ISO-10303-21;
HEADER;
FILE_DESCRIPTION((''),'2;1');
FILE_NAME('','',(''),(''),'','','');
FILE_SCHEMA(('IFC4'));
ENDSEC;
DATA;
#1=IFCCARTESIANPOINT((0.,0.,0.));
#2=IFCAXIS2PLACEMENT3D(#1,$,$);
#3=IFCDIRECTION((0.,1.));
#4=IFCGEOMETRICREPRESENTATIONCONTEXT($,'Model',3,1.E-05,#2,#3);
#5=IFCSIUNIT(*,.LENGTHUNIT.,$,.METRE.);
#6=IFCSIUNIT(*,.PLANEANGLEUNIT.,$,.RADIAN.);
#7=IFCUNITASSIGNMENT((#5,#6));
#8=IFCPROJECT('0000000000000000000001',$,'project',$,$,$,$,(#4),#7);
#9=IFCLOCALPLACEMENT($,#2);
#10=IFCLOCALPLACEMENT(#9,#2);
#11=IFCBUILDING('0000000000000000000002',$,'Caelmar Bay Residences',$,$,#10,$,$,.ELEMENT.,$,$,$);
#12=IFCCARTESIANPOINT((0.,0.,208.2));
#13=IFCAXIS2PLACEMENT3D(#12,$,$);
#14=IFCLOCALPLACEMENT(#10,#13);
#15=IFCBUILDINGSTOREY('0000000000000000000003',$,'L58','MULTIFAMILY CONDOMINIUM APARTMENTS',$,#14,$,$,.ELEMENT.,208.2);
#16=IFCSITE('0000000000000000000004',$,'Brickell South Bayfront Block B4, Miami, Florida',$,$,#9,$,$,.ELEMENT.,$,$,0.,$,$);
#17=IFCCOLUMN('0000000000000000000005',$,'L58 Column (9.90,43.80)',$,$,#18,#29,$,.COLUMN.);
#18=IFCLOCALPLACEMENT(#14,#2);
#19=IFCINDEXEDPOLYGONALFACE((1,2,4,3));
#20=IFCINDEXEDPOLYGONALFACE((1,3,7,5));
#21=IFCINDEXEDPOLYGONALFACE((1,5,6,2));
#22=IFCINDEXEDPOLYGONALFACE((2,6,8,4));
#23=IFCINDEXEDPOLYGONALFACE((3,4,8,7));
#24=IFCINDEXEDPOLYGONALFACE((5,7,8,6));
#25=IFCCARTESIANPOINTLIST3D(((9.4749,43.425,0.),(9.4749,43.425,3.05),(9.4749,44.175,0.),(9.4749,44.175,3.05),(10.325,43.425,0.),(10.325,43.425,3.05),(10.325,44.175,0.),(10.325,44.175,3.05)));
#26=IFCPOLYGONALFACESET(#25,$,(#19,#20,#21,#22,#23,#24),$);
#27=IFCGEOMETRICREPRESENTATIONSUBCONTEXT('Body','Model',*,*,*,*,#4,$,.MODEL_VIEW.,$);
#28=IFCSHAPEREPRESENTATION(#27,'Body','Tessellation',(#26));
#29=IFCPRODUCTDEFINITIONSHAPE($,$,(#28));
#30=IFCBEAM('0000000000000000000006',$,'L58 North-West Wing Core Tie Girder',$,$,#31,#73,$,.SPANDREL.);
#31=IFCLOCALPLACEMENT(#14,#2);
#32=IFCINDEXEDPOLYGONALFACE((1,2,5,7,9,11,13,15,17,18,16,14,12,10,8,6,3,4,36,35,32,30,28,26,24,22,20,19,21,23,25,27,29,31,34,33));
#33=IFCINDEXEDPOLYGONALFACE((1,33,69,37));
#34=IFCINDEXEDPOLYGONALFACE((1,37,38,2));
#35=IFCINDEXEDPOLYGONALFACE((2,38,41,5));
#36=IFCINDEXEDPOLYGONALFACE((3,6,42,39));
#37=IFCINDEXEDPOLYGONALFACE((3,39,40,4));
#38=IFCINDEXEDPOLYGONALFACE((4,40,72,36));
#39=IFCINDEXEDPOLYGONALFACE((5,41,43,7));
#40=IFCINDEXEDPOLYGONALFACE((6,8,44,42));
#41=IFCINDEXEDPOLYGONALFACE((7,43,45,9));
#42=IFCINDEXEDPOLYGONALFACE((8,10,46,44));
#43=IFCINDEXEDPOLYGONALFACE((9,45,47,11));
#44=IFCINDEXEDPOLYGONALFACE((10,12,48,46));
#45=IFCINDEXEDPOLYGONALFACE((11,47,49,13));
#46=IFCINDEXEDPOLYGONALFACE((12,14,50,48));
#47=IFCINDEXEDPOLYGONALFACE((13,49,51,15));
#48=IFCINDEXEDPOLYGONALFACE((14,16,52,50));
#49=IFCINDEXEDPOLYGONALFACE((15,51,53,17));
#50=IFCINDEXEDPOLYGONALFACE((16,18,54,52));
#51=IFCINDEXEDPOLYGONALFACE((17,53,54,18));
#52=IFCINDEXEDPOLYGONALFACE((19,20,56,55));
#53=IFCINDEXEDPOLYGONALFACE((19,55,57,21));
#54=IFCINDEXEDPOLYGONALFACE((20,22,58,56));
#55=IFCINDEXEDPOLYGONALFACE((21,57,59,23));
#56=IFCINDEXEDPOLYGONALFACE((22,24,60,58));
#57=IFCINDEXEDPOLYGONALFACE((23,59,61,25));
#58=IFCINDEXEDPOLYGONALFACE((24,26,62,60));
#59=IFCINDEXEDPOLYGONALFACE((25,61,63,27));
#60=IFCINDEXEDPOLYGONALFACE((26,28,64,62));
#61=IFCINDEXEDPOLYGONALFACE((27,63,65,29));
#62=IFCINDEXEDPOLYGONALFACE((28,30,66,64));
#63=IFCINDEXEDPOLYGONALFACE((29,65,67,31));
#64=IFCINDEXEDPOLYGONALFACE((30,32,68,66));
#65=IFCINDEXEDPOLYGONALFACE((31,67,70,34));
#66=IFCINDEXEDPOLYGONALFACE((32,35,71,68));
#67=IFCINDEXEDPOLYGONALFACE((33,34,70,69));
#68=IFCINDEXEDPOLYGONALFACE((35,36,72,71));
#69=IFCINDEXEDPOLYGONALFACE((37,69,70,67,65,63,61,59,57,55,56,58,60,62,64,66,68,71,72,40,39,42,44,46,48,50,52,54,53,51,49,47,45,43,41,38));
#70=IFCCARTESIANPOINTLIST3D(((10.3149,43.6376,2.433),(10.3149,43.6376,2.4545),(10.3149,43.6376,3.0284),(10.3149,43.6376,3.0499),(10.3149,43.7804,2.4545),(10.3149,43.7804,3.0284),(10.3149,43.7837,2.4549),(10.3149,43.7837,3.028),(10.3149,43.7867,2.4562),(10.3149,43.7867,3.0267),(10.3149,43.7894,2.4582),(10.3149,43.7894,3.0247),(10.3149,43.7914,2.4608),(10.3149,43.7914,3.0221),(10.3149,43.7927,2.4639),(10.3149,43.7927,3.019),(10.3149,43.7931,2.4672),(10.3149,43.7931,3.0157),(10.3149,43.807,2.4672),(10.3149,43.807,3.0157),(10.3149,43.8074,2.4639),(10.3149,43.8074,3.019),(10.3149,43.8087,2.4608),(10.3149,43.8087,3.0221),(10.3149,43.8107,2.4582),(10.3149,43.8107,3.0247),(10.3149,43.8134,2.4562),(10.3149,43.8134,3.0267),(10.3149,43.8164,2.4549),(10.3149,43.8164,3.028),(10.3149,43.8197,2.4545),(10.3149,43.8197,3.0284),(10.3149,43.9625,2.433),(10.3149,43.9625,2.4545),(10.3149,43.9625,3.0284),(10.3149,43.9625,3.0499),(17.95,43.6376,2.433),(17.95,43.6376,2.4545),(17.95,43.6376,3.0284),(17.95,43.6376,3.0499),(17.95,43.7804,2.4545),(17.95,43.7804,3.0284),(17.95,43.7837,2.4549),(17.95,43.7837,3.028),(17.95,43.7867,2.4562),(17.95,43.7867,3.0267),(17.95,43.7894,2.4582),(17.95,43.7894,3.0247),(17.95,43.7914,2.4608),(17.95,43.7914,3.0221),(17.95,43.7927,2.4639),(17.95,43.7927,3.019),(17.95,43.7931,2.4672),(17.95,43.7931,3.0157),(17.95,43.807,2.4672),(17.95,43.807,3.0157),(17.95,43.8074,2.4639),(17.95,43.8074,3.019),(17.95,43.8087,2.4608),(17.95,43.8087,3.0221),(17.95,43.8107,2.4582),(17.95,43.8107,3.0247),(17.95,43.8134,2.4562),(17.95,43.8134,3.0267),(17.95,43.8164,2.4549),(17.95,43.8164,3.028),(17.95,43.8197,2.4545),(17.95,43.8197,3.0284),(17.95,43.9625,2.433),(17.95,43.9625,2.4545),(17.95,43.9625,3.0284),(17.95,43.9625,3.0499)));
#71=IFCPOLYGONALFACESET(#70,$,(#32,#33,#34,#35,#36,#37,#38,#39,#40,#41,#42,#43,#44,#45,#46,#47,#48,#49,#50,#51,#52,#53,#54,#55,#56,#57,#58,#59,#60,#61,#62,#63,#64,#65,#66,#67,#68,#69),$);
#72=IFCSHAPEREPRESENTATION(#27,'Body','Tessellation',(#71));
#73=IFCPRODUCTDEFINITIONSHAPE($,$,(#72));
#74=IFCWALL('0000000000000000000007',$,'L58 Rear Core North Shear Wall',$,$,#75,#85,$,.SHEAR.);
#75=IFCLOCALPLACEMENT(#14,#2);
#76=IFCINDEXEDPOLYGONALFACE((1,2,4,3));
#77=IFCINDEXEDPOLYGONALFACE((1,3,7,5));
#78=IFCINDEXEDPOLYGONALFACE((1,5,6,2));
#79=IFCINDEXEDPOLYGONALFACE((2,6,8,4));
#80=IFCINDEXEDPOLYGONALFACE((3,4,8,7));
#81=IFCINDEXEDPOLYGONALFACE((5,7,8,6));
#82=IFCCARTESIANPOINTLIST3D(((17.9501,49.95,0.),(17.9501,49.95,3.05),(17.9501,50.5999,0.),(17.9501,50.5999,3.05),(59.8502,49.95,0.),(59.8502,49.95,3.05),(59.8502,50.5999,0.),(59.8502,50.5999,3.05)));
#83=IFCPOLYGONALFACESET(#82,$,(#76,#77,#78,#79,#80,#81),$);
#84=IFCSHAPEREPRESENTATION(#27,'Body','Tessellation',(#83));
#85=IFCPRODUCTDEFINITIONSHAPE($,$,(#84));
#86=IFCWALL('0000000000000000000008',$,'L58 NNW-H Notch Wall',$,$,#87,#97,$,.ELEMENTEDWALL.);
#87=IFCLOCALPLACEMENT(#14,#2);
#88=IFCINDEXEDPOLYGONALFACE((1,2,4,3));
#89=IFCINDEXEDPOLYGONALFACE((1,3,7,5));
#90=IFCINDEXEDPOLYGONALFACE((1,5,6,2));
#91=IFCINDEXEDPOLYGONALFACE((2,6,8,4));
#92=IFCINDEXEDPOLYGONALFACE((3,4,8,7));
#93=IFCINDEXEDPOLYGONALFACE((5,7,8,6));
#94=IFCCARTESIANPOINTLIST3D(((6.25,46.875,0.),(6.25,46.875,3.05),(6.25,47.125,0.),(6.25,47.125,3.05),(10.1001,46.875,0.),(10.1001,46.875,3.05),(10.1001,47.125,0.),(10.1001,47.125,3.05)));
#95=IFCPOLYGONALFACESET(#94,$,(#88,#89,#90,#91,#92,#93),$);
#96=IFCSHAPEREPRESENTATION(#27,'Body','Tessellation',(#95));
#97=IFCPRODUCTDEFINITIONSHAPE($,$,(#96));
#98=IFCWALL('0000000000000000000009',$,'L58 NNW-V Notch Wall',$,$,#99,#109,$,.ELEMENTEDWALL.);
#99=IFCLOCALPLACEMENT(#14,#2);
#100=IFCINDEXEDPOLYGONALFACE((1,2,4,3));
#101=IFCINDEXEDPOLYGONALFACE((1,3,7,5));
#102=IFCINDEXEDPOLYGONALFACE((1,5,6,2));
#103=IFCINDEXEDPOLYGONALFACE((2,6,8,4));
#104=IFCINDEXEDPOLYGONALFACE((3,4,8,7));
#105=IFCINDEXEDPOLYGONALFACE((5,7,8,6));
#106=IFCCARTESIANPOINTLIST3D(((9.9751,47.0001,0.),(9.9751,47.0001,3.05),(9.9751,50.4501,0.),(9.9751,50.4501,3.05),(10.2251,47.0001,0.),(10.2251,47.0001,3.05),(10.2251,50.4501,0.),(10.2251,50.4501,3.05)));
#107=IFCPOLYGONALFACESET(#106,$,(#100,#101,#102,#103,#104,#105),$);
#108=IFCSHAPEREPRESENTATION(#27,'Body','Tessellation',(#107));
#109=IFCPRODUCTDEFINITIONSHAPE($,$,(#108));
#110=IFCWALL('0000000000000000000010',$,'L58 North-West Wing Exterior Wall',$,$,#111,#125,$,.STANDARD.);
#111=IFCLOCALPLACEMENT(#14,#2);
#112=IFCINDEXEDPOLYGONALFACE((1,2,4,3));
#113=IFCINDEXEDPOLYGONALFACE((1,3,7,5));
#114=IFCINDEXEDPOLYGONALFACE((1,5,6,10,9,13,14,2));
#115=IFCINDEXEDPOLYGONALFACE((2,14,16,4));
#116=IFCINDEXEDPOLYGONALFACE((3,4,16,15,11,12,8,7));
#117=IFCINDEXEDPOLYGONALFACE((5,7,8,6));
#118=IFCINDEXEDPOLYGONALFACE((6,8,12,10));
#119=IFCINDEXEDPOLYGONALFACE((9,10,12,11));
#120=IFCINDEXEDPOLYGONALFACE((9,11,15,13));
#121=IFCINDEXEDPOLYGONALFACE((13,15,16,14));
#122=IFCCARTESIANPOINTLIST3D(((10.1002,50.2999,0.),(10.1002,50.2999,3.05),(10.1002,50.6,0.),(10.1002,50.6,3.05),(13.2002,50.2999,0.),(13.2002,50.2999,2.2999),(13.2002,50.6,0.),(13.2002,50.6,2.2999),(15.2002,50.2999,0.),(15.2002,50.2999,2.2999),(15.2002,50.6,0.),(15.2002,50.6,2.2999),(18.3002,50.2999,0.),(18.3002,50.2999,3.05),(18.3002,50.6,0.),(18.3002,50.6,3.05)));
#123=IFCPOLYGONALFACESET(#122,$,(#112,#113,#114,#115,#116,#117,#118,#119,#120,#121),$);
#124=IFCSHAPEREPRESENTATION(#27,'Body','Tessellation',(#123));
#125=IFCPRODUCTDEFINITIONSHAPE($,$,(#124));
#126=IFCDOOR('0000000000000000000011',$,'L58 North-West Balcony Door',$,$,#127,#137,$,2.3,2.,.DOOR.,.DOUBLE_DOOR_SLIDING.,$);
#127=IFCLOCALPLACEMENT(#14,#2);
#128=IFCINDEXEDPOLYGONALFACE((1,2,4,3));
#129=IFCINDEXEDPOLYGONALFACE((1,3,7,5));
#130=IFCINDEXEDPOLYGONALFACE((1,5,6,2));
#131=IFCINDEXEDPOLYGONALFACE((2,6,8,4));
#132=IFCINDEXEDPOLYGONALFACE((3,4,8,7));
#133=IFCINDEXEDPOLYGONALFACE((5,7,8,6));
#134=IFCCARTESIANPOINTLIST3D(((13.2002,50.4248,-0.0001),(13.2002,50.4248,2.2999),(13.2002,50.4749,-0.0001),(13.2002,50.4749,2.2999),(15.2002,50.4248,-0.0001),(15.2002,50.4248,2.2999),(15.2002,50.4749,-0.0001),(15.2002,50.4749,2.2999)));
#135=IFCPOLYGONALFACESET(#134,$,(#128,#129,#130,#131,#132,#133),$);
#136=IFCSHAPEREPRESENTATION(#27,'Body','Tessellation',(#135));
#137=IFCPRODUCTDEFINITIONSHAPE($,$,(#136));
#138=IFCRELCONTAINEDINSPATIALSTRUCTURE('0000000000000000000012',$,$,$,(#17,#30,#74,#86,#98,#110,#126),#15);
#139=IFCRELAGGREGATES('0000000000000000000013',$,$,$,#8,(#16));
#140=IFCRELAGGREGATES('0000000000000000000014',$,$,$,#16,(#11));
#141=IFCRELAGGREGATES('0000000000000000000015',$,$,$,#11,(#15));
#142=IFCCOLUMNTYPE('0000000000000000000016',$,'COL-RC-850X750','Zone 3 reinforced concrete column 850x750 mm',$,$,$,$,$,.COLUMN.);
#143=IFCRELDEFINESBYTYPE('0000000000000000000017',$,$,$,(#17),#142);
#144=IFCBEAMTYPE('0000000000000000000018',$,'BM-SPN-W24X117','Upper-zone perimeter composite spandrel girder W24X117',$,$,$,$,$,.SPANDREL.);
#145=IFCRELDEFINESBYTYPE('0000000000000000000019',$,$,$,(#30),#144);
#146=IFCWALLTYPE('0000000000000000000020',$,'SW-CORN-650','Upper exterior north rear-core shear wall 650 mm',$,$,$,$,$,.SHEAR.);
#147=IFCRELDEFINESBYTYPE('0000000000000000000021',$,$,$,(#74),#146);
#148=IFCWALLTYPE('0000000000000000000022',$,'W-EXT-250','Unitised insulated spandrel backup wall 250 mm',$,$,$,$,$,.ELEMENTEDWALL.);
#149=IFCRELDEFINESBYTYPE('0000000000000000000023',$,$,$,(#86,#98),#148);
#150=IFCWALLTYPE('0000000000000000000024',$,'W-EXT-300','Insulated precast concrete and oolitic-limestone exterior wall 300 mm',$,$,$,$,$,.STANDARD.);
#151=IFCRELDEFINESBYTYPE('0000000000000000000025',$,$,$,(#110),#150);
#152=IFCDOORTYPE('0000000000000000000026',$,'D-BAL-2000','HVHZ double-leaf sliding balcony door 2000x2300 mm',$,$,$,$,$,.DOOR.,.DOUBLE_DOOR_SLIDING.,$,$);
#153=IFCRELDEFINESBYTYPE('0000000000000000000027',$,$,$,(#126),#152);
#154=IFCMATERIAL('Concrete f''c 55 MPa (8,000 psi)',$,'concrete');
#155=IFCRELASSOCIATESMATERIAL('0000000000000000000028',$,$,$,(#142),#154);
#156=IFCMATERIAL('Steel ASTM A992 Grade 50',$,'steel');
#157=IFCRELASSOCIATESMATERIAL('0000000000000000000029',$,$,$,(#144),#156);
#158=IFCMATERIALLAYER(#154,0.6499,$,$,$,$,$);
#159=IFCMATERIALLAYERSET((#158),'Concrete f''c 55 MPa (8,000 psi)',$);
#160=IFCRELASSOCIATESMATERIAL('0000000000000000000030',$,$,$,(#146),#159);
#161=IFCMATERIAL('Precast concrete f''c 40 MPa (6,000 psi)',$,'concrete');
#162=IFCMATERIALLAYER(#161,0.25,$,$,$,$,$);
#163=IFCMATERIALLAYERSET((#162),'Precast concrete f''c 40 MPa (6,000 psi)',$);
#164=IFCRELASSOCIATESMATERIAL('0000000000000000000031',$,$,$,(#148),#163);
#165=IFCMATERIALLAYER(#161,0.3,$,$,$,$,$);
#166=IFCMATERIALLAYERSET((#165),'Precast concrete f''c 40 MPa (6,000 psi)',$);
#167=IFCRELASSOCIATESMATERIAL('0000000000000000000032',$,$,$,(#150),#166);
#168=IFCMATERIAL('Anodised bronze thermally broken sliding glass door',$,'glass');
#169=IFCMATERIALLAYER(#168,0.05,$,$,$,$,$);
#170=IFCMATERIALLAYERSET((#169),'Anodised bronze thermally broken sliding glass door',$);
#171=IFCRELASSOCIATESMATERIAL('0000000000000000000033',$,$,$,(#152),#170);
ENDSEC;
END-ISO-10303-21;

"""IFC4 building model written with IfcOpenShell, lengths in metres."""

from ifc_helpers import new_model, si_unit, direction, frame, frame_2d, origin, origin_2d, place, context, subcontext, project, spatial, rectangle, i_section, extrude, material, layer, layer_set, material_profile, profile_set, type_object, element, fill, save


model = new_model("IFC4")

# Units and contexts
model_context = context("Model", 3, precision=1e-05, world=origin(), true_north=direction((0.0, 1.0)))
body_context = subcontext(model_context, "Body", "Model", "MODEL_VIEW")
ifc_project = project(units=[si_unit("LENGTHUNIT", "METRE"), si_unit("PLANEANGLEUNIT", "RADIAN")], contexts=[model_context])

# Site, building, storey
site_placement = place(None, origin())
site = spatial("IfcSite", under=ifc_project, at=site_placement, Name="Brickell South Bayfront Block B4, Miami, Florida", CompositionType="ELEMENT", RefElevation=0.0)
building_placement = place(site_placement, origin())
building = spatial("IfcBuilding", under=site, at=building_placement, Name="Caelmar Bay Residences", CompositionType="ELEMENT")
storey_placement = place(building_placement, frame((0.0, 0.0, 208.2)))
storey = spatial("IfcBuildingStorey", under=building, at=storey_placement, Name="L58", Description="MULTIFAMILY CONDOMINIUM APARTMENTS", CompositionType="ELEMENT", Elevation=208.2)

# Column
ifc_material_1 = material(Name="Concrete f'c 55 MPa (8,000 psi)", Category="concrete")
ifc_material_profile_1 = material_profile(ifc_material_1, rectangle(XDim=0.8501, YDim=0.75, at=origin_2d()), Name="RC-COL-850X750")
ifc_profile_set_1 = profile_set([ifc_material_profile_1], Name="Concrete f'c 55 MPa (8,000 psi)")
column_type = type_object("IfcColumnType", Name="COL-RC-850X750", Description="Zone 3 reinforced concrete column 850x750 mm", PredefinedType="COLUMN", material=ifc_profile_set_1)
column_placement = place(storey_placement, frame((9.8999, 43.8, 0.0), z_axis=(0.0, 0.0, 1.0), x_axis=(1.0, 0.0, 0.0)))
element("IfcColumn", 1, at=column_placement, inside=storey, type_object=column_type, Name="L58 Column (9.90,43.80)", PredefinedType="COLUMN", context=body_context, shape_type="SweptSolid", body=[
    extrude(rectangle(XDim=0.8501, YDim=0.75, at=origin_2d()), origin(), (0.0, 0.0, 1.0), 3.05),
])

# Beam
ifc_material_2 = material(Name="Steel ASTM A992 Grade 50", Category="steel")
ifc_material_profile_2 = material_profile(ifc_material_2, i_section(OverallWidth=0.325, OverallDepth=0.6169, WebThickness=0.0139, FlangeThickness=0.0215, FilletRadius=0.0127, at=origin_2d()), Name="W24X117")
ifc_profile_set_2 = profile_set([ifc_material_profile_2], Name="Steel ASTM A992 Grade 50")
beam_type = type_object("IfcBeamType", Name="BM-SPN-W24X117", Description="Upper-zone perimeter composite spandrel girder W24X117", PredefinedType="SPANDREL", material=ifc_profile_set_2)
beam_placement = place(storey_placement, frame((10.3149, 43.8, 2.7415), z_axis=(1.0, 0.0, 0.0), x_axis=(0.0, 1.0, 0.0)))
element("IfcBeam", 2, at=beam_placement, inside=storey, type_object=beam_type, Name="L58 North-West Wing Core Tie Girder", PredefinedType="SPANDREL", context=body_context, shape_type="SweptSolid", body=[
    extrude(i_section(OverallWidth=0.325, OverallDepth=0.6169, WebThickness=0.0139, FlangeThickness=0.0215, FilletRadius=0.0127, at=origin_2d()), origin(), (0.0, 0.0, 1.0), 7.635),
])

# Walls
ifc_layer_1 = layer(ifc_material_1, 0.6499)
ifc_layer_set_1 = layer_set([ifc_layer_1], Name="Concrete f'c 55 MPa (8,000 psi)")
wall_type_1 = type_object("IfcWallType", Name="SW-CORN-650", Description="Upper exterior north rear-core shear wall 650 mm", PredefinedType="SHEAR", material=ifc_layer_set_1)
wall_1_placement = place(storey_placement, frame((17.95, 50.2749, 0.0), z_axis=(0.0, 0.0, 1.0), x_axis=(1.0, 0.0, 0.0)))
element("IfcWall", 3, at=wall_1_placement, inside=storey, type_object=wall_type_1, Name="L58 Rear Core North Shear Wall", PredefinedType="SHEAR", context=body_context, shape_type="SweptSolid", body=[
    extrude(rectangle(XDim=41.9001, YDim=0.6499, at=frame_2d((20.9502, 0.0))), origin(), (0.0, 0.0, 1.0), 3.05),
])
ifc_material_3 = material(Name="Precast concrete f'c 40 MPa (6,000 psi)", Category="concrete")
ifc_layer_2 = layer(ifc_material_3, 0.25)
ifc_layer_set_2 = layer_set([ifc_layer_2], Name="Precast concrete f'c 40 MPa (6,000 psi)")
wall_type_2 = type_object("IfcWallType", Name="W-EXT-250", Description="Unitised insulated spandrel backup wall 250 mm", PredefinedType="ELEMENTEDWALL", material=ifc_layer_set_2)
wall_2_placement = place(storey_placement, frame((6.25, 47.0, 0.0), z_axis=(0.0, 0.0, 1.0), x_axis=(1.0, 0.0, 0.0)))
element("IfcWall", 4, at=wall_2_placement, inside=storey, type_object=wall_type_2, Name="L58 NNW-H Notch Wall", PredefinedType="ELEMENTEDWALL", context=body_context, shape_type="SweptSolid", body=[
    extrude(rectangle(XDim=3.8501, YDim=0.25, at=frame_2d((1.925, 0.0))), origin(), (0.0, 0.0, 1.0), 3.05),
])
wall_3_placement = place(storey_placement, frame((10.1001, 47.0, 0.0), z_axis=(0.0, 0.0, 1.0), x_axis=(0.0, 1.0, 0.0)))
element("IfcWall", 5, at=wall_3_placement, inside=storey, type_object=wall_type_2, Name="L58 NNW-V Notch Wall", PredefinedType="ELEMENTEDWALL", context=body_context, shape_type="SweptSolid", body=[
    extrude(rectangle(XDim=3.45, YDim=0.25, at=frame_2d((1.7251, 0.0))), origin(), (0.0, 0.0, 1.0), 3.05),
])

# Wall, opening, door
ifc_layer_3 = layer(ifc_material_3, 0.3)
ifc_layer_set_3 = layer_set([ifc_layer_3], Name="Precast concrete f'c 40 MPa (6,000 psi)")
wall_type_3 = type_object("IfcWallType", Name="W-EXT-300", Description="Insulated precast concrete and oolitic-limestone exterior wall 300 mm", PredefinedType="STANDARD", material=ifc_layer_set_3)
wall_4_placement = place(storey_placement, frame((10.1001, 50.45, 0.0), z_axis=(0.0, 0.0, 1.0), x_axis=(1.0, 0.0, 0.0)))
wall_4 = element("IfcWall", 6, at=wall_4_placement, inside=storey, type_object=wall_type_3, Name="L58 North-West Wing Exterior Wall", PredefinedType="STANDARD", context=body_context, shape_type="SweptSolid", body=[
    extrude(rectangle(XDim=8.2, YDim=0.3, at=frame_2d((4.1001, 0.0))), origin(), (0.0, 0.0, 1.0), 3.05),
])
opening_1_placement = place(wall_4_placement, frame((3.1001, 0.0, 0.0)))
opening_1 = element("IfcOpeningElement", 7, at=opening_1_placement, cuts=wall_4, PredefinedType="OPENING", context=body_context, shape_type="SweptSolid", body=[
    extrude(rectangle(XDim=2.0, YDim=2.3, at=frame_2d((1.0, 1.1499))), frame((0.0, 0.1599, 0.0), z_axis=(0.0, -1.0, 0.0), x_axis=(1.0, 0.0, 0.0)), (0.0, 0.0, 1.0), 0.3201),
])
ifc_material_4 = material(Name="Anodised bronze thermally broken sliding glass door", Category="glass")
ifc_layer_4 = layer(ifc_material_4, 0.05)
ifc_layer_set_4 = layer_set([ifc_layer_4], Name="Anodised bronze thermally broken sliding glass door")
door_type_1 = type_object("IfcDoorType", Name="D-BAL-2000", Description="HVHZ double-leaf sliding balcony door 2000x2300 mm", OperationType="DOUBLE_DOOR_SLIDING", PredefinedType="DOOR", material=ifc_layer_set_4)
door_1_placement = place(opening_1_placement, origin())
door_1 = element("IfcDoor", 8, at=door_1_placement, inside=storey, type_object=door_type_1, Name="L58 North-West Balcony Door", OperationType="DOUBLE_DOOR_SLIDING", OverallHeight=2.3, OverallWidth=2.0, PredefinedType="DOOR", context=body_context, shape_type="SweptSolid", body=[
    extrude(rectangle(XDim=2.0, YDim=2.3, at=frame_2d((1.0, 1.1499))), frame((0.0, 0.0249, 0.0), z_axis=(0.0, -1.0, 0.0), x_axis=(1.0, 0.0, 0.0)), (0.0, 0.0, 1.0), 0.05),
])
fill(opening_1, door_1)

save(model, "model.ifc")
